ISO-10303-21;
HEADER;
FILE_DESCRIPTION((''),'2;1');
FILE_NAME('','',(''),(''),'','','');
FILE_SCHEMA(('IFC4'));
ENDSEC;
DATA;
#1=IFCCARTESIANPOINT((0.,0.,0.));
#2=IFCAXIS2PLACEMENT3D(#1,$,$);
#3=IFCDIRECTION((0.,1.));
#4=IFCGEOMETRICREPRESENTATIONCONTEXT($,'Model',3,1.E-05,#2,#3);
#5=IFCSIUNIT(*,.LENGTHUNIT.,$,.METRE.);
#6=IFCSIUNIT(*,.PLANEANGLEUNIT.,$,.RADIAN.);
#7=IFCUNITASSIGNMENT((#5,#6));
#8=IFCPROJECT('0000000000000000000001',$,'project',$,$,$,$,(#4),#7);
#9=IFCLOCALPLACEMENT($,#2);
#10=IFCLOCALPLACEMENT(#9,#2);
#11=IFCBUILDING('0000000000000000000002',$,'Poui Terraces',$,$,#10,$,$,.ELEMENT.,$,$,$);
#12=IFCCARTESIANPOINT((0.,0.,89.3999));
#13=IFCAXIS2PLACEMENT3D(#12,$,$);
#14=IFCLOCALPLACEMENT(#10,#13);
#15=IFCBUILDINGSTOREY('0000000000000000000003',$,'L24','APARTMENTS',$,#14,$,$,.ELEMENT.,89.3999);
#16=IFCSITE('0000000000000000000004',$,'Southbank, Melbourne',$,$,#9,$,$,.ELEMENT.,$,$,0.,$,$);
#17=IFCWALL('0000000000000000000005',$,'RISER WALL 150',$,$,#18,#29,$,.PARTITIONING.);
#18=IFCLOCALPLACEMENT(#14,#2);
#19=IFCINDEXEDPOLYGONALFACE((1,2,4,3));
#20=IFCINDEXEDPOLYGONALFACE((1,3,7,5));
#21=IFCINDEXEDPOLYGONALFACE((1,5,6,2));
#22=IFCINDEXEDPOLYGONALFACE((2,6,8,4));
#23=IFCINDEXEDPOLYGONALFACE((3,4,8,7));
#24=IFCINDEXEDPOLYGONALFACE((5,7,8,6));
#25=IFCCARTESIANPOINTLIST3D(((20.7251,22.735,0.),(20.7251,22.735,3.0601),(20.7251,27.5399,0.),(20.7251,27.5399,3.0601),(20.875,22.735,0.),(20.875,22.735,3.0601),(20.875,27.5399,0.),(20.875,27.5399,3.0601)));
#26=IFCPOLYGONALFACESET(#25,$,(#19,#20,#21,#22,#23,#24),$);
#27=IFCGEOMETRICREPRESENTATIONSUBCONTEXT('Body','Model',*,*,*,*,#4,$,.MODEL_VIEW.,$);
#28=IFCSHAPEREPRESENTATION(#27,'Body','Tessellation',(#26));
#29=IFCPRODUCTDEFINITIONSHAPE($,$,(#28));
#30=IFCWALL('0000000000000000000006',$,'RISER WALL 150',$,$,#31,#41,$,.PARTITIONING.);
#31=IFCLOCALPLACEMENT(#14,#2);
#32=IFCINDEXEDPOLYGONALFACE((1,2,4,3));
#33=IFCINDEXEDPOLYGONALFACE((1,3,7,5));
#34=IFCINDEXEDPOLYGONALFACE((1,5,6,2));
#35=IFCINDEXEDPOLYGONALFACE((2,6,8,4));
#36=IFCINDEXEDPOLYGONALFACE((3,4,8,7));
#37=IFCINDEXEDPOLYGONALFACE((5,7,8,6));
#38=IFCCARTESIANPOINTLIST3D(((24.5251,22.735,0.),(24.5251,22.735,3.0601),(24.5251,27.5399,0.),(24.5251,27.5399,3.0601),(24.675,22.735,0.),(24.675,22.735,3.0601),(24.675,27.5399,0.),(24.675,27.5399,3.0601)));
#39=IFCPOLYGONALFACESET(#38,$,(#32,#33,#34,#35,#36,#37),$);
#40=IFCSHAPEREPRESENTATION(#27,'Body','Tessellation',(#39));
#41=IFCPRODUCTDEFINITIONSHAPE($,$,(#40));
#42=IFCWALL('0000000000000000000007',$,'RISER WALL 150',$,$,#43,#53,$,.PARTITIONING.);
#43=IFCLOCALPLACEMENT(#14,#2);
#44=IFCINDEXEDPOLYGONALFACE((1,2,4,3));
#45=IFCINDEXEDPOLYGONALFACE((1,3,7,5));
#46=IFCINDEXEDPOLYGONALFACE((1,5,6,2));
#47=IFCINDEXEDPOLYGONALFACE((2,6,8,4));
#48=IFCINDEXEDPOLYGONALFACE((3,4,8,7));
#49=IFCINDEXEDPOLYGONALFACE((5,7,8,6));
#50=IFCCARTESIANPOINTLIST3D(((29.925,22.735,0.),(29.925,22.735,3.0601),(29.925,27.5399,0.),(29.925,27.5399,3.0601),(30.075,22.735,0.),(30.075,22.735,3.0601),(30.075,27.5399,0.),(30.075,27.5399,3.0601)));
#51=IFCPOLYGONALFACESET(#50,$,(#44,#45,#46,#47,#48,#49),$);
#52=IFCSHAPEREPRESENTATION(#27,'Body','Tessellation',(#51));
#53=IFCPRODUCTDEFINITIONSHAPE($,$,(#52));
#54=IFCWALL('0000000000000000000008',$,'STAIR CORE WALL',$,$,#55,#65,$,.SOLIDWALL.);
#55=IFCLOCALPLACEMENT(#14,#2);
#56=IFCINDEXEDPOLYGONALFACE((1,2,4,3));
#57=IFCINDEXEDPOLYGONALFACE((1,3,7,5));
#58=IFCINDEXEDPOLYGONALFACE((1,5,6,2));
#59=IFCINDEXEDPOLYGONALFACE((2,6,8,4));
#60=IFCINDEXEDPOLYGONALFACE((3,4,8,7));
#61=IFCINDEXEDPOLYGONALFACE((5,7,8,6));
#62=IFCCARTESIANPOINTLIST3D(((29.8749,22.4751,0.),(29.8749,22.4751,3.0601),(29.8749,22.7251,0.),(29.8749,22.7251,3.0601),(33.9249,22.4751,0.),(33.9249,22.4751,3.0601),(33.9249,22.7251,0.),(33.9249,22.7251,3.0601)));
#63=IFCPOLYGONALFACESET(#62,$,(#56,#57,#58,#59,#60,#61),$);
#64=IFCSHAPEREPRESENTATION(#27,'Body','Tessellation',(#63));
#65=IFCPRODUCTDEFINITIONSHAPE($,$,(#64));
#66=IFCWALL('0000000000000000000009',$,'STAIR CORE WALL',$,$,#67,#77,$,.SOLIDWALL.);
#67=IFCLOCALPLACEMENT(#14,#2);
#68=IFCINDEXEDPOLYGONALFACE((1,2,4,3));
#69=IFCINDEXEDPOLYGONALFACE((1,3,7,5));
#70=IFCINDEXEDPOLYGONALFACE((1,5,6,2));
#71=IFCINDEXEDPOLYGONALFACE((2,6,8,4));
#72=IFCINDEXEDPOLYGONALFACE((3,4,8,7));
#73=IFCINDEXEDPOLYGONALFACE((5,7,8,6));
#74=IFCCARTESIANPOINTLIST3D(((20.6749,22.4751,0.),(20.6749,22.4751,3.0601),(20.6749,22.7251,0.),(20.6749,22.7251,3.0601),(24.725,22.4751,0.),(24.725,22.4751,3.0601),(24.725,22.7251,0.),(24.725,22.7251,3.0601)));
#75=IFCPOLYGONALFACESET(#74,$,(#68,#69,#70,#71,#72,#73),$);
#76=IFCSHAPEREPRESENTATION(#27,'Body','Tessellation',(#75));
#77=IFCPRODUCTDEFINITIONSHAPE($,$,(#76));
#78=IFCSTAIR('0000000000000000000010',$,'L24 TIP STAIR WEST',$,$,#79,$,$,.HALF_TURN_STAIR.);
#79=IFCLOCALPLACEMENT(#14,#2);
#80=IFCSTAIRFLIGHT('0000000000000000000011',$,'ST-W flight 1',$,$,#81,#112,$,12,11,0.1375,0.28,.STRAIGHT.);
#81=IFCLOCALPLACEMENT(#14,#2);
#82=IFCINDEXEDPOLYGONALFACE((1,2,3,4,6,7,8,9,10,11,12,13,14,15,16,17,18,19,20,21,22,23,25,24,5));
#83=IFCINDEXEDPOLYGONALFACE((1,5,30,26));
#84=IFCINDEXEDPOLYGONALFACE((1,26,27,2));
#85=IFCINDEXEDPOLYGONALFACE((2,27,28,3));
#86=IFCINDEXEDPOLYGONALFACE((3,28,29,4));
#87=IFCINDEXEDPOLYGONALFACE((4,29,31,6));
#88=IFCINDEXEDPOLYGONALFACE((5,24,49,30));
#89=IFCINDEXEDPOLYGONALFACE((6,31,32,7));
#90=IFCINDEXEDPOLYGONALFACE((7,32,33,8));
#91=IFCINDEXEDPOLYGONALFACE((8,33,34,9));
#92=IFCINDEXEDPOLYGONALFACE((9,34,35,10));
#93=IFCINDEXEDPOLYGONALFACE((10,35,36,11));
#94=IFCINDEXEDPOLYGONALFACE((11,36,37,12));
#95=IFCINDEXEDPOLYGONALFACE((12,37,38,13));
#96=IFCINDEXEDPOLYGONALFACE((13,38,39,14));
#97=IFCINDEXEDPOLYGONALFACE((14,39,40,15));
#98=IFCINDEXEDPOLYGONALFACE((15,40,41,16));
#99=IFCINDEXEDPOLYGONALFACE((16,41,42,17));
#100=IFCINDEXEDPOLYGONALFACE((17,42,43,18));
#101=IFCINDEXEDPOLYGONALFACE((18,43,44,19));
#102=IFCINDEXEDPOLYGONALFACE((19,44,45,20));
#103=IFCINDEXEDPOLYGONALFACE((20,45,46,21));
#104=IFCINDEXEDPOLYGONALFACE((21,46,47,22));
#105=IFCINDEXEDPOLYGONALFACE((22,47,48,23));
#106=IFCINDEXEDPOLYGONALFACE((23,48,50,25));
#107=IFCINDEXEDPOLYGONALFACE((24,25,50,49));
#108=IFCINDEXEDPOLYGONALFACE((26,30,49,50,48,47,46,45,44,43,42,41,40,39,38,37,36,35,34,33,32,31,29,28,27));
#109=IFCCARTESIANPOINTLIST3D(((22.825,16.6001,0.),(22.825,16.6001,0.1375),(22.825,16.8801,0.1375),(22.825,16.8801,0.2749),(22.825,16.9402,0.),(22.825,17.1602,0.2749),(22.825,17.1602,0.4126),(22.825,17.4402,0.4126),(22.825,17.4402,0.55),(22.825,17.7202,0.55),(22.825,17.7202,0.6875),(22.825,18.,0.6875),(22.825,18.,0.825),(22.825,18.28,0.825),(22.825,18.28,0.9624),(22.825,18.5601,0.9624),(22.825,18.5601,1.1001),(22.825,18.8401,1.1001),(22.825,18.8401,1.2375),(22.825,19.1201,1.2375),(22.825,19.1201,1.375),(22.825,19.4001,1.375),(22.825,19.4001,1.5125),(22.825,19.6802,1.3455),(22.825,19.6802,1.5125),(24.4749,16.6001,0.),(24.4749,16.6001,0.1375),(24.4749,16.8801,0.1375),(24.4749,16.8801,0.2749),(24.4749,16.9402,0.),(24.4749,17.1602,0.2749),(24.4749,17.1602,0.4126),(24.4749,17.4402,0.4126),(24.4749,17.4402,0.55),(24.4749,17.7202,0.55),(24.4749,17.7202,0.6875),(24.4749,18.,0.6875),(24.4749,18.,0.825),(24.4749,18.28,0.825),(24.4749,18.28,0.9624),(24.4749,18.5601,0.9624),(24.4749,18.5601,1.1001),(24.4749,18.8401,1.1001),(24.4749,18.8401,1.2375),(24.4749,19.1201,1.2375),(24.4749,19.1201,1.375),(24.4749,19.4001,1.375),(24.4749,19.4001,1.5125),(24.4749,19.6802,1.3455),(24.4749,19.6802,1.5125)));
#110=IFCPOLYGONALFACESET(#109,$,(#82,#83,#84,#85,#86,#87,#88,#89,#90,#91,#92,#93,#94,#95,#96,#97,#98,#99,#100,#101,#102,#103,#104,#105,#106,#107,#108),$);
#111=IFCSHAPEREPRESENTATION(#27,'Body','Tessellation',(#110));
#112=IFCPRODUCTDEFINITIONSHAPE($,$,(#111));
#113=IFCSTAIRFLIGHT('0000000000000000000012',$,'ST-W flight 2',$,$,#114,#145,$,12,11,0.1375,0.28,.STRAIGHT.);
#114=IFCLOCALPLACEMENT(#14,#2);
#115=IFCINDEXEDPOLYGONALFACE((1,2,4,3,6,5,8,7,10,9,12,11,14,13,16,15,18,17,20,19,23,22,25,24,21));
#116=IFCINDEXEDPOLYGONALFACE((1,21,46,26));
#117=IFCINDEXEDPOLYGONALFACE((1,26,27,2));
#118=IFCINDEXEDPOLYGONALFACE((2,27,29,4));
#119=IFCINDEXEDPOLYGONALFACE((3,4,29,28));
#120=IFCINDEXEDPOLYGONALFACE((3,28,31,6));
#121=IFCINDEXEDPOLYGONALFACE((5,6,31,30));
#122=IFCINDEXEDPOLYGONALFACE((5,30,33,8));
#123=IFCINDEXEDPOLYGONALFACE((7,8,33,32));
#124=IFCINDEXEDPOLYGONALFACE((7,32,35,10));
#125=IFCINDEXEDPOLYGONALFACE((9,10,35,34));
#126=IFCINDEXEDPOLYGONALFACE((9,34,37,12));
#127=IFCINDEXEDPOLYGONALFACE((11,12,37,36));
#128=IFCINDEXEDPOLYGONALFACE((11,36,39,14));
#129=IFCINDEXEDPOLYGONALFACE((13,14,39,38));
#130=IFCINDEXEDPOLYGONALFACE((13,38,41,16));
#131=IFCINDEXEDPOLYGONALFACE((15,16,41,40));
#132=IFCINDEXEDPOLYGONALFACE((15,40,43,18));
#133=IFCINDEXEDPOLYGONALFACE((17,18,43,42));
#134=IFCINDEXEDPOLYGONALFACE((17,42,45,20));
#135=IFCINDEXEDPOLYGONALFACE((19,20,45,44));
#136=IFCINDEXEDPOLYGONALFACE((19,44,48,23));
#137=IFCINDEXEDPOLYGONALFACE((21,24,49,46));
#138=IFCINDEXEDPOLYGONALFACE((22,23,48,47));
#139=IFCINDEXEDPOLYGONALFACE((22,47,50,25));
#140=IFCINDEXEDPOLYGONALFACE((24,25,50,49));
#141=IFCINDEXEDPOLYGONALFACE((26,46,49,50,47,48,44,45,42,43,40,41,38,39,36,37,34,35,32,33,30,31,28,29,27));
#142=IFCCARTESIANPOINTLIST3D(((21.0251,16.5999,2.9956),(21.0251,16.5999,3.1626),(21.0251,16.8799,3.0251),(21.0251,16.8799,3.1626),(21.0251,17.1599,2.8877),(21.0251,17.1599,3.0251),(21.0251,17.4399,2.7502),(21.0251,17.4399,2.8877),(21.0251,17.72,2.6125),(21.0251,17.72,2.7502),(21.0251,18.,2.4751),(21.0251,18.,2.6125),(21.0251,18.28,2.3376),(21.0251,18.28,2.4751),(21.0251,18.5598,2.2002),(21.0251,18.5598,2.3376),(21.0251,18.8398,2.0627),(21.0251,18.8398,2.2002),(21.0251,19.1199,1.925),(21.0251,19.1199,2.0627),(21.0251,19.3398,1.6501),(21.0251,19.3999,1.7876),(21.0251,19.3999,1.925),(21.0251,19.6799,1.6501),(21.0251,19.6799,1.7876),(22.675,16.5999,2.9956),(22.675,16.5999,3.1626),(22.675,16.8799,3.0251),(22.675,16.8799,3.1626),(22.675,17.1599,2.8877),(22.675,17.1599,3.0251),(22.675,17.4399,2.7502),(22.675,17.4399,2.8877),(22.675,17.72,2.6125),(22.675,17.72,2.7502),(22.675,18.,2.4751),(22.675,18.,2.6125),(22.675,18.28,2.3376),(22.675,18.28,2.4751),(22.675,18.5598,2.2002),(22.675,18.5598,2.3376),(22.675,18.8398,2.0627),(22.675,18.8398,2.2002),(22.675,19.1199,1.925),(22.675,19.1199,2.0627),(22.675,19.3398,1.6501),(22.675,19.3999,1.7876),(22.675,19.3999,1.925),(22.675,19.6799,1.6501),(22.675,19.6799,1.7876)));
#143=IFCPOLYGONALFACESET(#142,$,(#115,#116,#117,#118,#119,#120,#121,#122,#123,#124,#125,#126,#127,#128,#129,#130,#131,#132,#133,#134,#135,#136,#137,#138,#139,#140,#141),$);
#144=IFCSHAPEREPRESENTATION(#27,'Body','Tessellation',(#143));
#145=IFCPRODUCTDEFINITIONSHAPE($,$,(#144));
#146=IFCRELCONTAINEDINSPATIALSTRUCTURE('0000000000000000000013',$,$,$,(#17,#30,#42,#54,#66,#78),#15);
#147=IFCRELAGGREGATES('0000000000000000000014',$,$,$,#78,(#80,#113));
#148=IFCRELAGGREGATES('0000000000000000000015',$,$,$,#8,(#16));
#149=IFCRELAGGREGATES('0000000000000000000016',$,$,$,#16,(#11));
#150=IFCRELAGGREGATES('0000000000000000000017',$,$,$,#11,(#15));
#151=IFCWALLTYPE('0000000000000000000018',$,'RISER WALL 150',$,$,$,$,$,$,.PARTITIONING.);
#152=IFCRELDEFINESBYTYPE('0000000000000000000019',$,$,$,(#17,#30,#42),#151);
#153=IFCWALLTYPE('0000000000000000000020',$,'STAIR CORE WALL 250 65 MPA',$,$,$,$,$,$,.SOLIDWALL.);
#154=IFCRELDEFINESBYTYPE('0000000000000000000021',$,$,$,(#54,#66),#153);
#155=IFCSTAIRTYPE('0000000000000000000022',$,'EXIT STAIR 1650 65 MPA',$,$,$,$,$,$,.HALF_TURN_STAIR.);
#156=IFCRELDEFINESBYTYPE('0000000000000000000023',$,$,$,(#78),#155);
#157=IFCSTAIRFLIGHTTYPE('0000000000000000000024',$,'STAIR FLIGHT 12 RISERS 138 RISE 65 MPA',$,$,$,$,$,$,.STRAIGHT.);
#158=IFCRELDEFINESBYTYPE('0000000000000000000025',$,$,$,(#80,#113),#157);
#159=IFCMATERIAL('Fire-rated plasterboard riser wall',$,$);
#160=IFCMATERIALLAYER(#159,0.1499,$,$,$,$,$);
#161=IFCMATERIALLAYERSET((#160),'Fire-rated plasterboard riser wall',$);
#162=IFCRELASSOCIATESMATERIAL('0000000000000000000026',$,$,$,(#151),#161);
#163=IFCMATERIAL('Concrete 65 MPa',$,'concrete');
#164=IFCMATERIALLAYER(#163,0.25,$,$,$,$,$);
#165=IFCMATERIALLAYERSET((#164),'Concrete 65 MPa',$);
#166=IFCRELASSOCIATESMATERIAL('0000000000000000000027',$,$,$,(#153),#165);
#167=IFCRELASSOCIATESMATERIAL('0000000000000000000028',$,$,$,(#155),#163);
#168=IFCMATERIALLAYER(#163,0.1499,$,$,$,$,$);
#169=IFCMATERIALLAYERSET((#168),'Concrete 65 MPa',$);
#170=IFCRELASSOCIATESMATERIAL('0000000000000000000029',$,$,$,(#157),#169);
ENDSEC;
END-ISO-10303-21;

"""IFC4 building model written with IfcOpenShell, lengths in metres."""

from ifc_helpers import new_model, si_unit, direction, frame, frame_2d, origin, place, context, subcontext, project, spatial, polyline, rectangle, outline, extrude, material, layer, layer_set, type_object, element, aggregate, save


model = new_model("IFC4")

# Units and contexts
model_context = context("Model", 3, precision=1e-05, world=origin(), true_north=direction((0.0, 1.0)))
body_context = subcontext(model_context, "Body", "Model", "MODEL_VIEW")
ifc_project = project(units=[si_unit("LENGTHUNIT", "METRE"), si_unit("PLANEANGLEUNIT", "RADIAN")], contexts=[model_context])

# Site, building, storey
site_placement = place(None, origin())
site = spatial("IfcSite", under=ifc_project, at=site_placement, Name="Southbank, Melbourne", CompositionType="ELEMENT", RefElevation=0.0)
building_placement = place(site_placement, origin())
building = spatial("IfcBuilding", under=site, at=building_placement, Name="Poui Terraces", CompositionType="ELEMENT")
storey_placement = place(building_placement, frame((0.0, 0.0, 89.3999)))
storey = spatial("IfcBuildingStorey", under=building, at=storey_placement, Name="L24", Description="APARTMENTS", CompositionType="ELEMENT", Elevation=89.3999)

# Walls
ifc_material_1 = material(Name="Fire-rated plasterboard riser wall")
ifc_layer_1 = layer(ifc_material_1, 0.1499)
ifc_layer_set_1 = layer_set([ifc_layer_1], Name="Fire-rated plasterboard riser wall")
wall_type_1 = type_object("IfcWallType", Name="RISER WALL 150", PredefinedType="PARTITIONING", material=ifc_layer_set_1)
for number, where, z_axis, x_axis, name in (
    (1, (20.8, 22.7351, 0.0), (0.0, 0.0, 1.0), (0.0, 1.0, 0.0), "RISER WALL 150"),
    (2, (24.6001, 22.7351, 0.0), (0.0, 0.0, 1.0), (0.0, 1.0, 0.0), "RISER WALL 150"),
    (3, (30.0, 22.7351, 0.0), (0.0, 0.0, 1.0), (0.0, 1.0, 0.0), "RISER WALL 150"),
):
    element("IfcWall", number, at=place(storey_placement, frame(where, z_axis=z_axis, x_axis=x_axis)), inside=storey, type_object=wall_type_1, Name=name, PredefinedType="PARTITIONING", context=body_context, shape_type="SweptSolid", body=[
        extrude(rectangle(XDim=4.8049, YDim=0.1499, at=frame_2d((2.4023, 0.0))), origin(), (0.0, 0.0, 1.0), 3.0601),
    ])
ifc_material_2 = material(Name="Concrete 65 MPa", Category="concrete")
ifc_layer_2 = layer(ifc_material_2, 0.25)
ifc_layer_set_2 = layer_set([ifc_layer_2], Name="Concrete 65 MPa")
wall_type_2 = type_object("IfcWallType", Name="STAIR CORE WALL 250 65 MPA", PredefinedType="SOLIDWALL", material=ifc_layer_set_2)
for number, where, z_axis, x_axis, name in (
    (4, (29.875, 22.6001, 0.0), (0.0, 0.0, 1.0), (1.0, 0.0, 0.0), "STAIR CORE WALL"),
    (5, (20.675, 22.6001, 0.0), (0.0, 0.0, 1.0), (1.0, 0.0, 0.0), "STAIR CORE WALL"),
):
    element("IfcWall", number, at=place(storey_placement, frame(where, z_axis=z_axis, x_axis=x_axis)), inside=storey, type_object=wall_type_2, Name=name, PredefinedType="SOLIDWALL", context=body_context, shape_type="SweptSolid", body=[
        extrude(rectangle(XDim=4.05, YDim=0.25, at=frame_2d((2.0249, 0.0))), origin(), (0.0, 0.0, 1.0), 3.0601),
    ])

# Stair, stair flights
stair_type = type_object("IfcStairType", Name="EXIT STAIR 1650 65 MPA", PredefinedType="HALF_TURN_STAIR", material=ifc_material_2)
stair_placement = place(storey_placement, origin())
stair = element("IfcStair", 6, at=stair_placement, inside=storey, type_object=stair_type, Name="L24 TIP STAIR WEST", PredefinedType="HALF_TURN_STAIR")
ifc_layer_3 = layer(ifc_material_2, 0.1499)
ifc_layer_set_3 = layer_set([ifc_layer_3], Name="Concrete 65 MPa")
stair_flight_type = type_object("IfcStairFlightType", Name="STAIR FLIGHT 12 RISERS 138 RISE 65 MPA", PredefinedType="STRAIGHT", material=ifc_layer_set_3)
stair_flight_1_placement = place(storey_placement, frame((23.6499, 16.6001, 0.0), z_axis=(0.0, 0.0, 1.0), x_axis=(0.0, 1.0, 0.0)))
stair_flight_1 = element("IfcStairFlight", 7, at=stair_flight_1_placement, type_object=stair_flight_type, Name="ST-W flight 1", NumberOfRisers=12, NumberOfTreads=11, PredefinedType="STRAIGHT", RiserHeight=0.1375, TreadLength=0.28, context=body_context, shape_type="SweptSolid", body=[
    extrude(outline(polyline([(0.0, 0.0), (0.0, 0.1375), (0.28, 0.1375), (0.28, 0.2749), (0.5601, 0.2749), (0.5601, 0.4126), (0.8401, 0.4126), (0.8401, 0.55), (1.1201, 0.55), (1.1201, 0.6875), (1.3999, 0.6875), (1.3999, 0.825), (1.6799, 0.825), (1.6799, 0.9624), (1.96, 0.9624), (1.96, 1.1001), (2.24, 1.1001), (2.24, 1.2375), (2.52, 1.2375), (2.52, 1.375), (2.8, 1.375), (2.8, 1.5125), (3.0801, 1.5125), (3.0801, 1.6499), (3.0801, 1.3455), (0.3401, 0.0), (0.0, 0.0)])), frame((0.0, 0.825, 0.0), z_axis=(0.0, -1.0, 0.0), x_axis=(1.0, 0.0, 0.0)), (0.0, 0.0, 1.0), 1.6499),
])
stair_flight_2_placement = place(storey_placement, frame((21.8501, 19.6799, 1.6501), z_axis=(0.0, 0.0, 1.0), x_axis=(0.0, -1.0, 0.0)))
stair_flight_2 = element("IfcStairFlight", 8, at=stair_flight_2_placement, type_object=stair_flight_type, Name="ST-W flight 2", NumberOfRisers=12, NumberOfTreads=11, PredefinedType="STRAIGHT", RiserHeight=0.1375, TreadLength=0.28, context=body_context, shape_type="SweptSolid", body=[
    extrude(outline(polyline([(0.0, 0.0), (0.0, 0.1375), (0.28, 0.1375), (0.28, 0.2749), (0.5601, 0.2749), (0.5601, 0.4126), (0.8401, 0.4126), (0.8401, 0.55), (1.1201, 0.55), (1.1201, 0.6875), (1.3999, 0.6875), (1.3999, 0.825), (1.6799, 0.825), (1.6799, 0.9624), (1.96, 0.9624), (1.96, 1.1001), (2.24, 1.1001), (2.24, 1.2375), (2.52, 1.2375), (2.52, 1.375), (2.8, 1.375), (2.8, 1.5125), (3.0801, 1.5125), (3.0801, 1.6499), (3.0801, 1.3455), (0.3401, 0.0), (0.0, 0.0)])), frame((0.0, 0.825, 0.0), z_axis=(0.0, -1.0, 0.0), x_axis=(1.0, 0.0, 0.0)), (0.0, 0.0, 1.0), 1.6499),
])
aggregate(stair, [stair_flight_1, stair_flight_2])

save(model, "model.ifc")
